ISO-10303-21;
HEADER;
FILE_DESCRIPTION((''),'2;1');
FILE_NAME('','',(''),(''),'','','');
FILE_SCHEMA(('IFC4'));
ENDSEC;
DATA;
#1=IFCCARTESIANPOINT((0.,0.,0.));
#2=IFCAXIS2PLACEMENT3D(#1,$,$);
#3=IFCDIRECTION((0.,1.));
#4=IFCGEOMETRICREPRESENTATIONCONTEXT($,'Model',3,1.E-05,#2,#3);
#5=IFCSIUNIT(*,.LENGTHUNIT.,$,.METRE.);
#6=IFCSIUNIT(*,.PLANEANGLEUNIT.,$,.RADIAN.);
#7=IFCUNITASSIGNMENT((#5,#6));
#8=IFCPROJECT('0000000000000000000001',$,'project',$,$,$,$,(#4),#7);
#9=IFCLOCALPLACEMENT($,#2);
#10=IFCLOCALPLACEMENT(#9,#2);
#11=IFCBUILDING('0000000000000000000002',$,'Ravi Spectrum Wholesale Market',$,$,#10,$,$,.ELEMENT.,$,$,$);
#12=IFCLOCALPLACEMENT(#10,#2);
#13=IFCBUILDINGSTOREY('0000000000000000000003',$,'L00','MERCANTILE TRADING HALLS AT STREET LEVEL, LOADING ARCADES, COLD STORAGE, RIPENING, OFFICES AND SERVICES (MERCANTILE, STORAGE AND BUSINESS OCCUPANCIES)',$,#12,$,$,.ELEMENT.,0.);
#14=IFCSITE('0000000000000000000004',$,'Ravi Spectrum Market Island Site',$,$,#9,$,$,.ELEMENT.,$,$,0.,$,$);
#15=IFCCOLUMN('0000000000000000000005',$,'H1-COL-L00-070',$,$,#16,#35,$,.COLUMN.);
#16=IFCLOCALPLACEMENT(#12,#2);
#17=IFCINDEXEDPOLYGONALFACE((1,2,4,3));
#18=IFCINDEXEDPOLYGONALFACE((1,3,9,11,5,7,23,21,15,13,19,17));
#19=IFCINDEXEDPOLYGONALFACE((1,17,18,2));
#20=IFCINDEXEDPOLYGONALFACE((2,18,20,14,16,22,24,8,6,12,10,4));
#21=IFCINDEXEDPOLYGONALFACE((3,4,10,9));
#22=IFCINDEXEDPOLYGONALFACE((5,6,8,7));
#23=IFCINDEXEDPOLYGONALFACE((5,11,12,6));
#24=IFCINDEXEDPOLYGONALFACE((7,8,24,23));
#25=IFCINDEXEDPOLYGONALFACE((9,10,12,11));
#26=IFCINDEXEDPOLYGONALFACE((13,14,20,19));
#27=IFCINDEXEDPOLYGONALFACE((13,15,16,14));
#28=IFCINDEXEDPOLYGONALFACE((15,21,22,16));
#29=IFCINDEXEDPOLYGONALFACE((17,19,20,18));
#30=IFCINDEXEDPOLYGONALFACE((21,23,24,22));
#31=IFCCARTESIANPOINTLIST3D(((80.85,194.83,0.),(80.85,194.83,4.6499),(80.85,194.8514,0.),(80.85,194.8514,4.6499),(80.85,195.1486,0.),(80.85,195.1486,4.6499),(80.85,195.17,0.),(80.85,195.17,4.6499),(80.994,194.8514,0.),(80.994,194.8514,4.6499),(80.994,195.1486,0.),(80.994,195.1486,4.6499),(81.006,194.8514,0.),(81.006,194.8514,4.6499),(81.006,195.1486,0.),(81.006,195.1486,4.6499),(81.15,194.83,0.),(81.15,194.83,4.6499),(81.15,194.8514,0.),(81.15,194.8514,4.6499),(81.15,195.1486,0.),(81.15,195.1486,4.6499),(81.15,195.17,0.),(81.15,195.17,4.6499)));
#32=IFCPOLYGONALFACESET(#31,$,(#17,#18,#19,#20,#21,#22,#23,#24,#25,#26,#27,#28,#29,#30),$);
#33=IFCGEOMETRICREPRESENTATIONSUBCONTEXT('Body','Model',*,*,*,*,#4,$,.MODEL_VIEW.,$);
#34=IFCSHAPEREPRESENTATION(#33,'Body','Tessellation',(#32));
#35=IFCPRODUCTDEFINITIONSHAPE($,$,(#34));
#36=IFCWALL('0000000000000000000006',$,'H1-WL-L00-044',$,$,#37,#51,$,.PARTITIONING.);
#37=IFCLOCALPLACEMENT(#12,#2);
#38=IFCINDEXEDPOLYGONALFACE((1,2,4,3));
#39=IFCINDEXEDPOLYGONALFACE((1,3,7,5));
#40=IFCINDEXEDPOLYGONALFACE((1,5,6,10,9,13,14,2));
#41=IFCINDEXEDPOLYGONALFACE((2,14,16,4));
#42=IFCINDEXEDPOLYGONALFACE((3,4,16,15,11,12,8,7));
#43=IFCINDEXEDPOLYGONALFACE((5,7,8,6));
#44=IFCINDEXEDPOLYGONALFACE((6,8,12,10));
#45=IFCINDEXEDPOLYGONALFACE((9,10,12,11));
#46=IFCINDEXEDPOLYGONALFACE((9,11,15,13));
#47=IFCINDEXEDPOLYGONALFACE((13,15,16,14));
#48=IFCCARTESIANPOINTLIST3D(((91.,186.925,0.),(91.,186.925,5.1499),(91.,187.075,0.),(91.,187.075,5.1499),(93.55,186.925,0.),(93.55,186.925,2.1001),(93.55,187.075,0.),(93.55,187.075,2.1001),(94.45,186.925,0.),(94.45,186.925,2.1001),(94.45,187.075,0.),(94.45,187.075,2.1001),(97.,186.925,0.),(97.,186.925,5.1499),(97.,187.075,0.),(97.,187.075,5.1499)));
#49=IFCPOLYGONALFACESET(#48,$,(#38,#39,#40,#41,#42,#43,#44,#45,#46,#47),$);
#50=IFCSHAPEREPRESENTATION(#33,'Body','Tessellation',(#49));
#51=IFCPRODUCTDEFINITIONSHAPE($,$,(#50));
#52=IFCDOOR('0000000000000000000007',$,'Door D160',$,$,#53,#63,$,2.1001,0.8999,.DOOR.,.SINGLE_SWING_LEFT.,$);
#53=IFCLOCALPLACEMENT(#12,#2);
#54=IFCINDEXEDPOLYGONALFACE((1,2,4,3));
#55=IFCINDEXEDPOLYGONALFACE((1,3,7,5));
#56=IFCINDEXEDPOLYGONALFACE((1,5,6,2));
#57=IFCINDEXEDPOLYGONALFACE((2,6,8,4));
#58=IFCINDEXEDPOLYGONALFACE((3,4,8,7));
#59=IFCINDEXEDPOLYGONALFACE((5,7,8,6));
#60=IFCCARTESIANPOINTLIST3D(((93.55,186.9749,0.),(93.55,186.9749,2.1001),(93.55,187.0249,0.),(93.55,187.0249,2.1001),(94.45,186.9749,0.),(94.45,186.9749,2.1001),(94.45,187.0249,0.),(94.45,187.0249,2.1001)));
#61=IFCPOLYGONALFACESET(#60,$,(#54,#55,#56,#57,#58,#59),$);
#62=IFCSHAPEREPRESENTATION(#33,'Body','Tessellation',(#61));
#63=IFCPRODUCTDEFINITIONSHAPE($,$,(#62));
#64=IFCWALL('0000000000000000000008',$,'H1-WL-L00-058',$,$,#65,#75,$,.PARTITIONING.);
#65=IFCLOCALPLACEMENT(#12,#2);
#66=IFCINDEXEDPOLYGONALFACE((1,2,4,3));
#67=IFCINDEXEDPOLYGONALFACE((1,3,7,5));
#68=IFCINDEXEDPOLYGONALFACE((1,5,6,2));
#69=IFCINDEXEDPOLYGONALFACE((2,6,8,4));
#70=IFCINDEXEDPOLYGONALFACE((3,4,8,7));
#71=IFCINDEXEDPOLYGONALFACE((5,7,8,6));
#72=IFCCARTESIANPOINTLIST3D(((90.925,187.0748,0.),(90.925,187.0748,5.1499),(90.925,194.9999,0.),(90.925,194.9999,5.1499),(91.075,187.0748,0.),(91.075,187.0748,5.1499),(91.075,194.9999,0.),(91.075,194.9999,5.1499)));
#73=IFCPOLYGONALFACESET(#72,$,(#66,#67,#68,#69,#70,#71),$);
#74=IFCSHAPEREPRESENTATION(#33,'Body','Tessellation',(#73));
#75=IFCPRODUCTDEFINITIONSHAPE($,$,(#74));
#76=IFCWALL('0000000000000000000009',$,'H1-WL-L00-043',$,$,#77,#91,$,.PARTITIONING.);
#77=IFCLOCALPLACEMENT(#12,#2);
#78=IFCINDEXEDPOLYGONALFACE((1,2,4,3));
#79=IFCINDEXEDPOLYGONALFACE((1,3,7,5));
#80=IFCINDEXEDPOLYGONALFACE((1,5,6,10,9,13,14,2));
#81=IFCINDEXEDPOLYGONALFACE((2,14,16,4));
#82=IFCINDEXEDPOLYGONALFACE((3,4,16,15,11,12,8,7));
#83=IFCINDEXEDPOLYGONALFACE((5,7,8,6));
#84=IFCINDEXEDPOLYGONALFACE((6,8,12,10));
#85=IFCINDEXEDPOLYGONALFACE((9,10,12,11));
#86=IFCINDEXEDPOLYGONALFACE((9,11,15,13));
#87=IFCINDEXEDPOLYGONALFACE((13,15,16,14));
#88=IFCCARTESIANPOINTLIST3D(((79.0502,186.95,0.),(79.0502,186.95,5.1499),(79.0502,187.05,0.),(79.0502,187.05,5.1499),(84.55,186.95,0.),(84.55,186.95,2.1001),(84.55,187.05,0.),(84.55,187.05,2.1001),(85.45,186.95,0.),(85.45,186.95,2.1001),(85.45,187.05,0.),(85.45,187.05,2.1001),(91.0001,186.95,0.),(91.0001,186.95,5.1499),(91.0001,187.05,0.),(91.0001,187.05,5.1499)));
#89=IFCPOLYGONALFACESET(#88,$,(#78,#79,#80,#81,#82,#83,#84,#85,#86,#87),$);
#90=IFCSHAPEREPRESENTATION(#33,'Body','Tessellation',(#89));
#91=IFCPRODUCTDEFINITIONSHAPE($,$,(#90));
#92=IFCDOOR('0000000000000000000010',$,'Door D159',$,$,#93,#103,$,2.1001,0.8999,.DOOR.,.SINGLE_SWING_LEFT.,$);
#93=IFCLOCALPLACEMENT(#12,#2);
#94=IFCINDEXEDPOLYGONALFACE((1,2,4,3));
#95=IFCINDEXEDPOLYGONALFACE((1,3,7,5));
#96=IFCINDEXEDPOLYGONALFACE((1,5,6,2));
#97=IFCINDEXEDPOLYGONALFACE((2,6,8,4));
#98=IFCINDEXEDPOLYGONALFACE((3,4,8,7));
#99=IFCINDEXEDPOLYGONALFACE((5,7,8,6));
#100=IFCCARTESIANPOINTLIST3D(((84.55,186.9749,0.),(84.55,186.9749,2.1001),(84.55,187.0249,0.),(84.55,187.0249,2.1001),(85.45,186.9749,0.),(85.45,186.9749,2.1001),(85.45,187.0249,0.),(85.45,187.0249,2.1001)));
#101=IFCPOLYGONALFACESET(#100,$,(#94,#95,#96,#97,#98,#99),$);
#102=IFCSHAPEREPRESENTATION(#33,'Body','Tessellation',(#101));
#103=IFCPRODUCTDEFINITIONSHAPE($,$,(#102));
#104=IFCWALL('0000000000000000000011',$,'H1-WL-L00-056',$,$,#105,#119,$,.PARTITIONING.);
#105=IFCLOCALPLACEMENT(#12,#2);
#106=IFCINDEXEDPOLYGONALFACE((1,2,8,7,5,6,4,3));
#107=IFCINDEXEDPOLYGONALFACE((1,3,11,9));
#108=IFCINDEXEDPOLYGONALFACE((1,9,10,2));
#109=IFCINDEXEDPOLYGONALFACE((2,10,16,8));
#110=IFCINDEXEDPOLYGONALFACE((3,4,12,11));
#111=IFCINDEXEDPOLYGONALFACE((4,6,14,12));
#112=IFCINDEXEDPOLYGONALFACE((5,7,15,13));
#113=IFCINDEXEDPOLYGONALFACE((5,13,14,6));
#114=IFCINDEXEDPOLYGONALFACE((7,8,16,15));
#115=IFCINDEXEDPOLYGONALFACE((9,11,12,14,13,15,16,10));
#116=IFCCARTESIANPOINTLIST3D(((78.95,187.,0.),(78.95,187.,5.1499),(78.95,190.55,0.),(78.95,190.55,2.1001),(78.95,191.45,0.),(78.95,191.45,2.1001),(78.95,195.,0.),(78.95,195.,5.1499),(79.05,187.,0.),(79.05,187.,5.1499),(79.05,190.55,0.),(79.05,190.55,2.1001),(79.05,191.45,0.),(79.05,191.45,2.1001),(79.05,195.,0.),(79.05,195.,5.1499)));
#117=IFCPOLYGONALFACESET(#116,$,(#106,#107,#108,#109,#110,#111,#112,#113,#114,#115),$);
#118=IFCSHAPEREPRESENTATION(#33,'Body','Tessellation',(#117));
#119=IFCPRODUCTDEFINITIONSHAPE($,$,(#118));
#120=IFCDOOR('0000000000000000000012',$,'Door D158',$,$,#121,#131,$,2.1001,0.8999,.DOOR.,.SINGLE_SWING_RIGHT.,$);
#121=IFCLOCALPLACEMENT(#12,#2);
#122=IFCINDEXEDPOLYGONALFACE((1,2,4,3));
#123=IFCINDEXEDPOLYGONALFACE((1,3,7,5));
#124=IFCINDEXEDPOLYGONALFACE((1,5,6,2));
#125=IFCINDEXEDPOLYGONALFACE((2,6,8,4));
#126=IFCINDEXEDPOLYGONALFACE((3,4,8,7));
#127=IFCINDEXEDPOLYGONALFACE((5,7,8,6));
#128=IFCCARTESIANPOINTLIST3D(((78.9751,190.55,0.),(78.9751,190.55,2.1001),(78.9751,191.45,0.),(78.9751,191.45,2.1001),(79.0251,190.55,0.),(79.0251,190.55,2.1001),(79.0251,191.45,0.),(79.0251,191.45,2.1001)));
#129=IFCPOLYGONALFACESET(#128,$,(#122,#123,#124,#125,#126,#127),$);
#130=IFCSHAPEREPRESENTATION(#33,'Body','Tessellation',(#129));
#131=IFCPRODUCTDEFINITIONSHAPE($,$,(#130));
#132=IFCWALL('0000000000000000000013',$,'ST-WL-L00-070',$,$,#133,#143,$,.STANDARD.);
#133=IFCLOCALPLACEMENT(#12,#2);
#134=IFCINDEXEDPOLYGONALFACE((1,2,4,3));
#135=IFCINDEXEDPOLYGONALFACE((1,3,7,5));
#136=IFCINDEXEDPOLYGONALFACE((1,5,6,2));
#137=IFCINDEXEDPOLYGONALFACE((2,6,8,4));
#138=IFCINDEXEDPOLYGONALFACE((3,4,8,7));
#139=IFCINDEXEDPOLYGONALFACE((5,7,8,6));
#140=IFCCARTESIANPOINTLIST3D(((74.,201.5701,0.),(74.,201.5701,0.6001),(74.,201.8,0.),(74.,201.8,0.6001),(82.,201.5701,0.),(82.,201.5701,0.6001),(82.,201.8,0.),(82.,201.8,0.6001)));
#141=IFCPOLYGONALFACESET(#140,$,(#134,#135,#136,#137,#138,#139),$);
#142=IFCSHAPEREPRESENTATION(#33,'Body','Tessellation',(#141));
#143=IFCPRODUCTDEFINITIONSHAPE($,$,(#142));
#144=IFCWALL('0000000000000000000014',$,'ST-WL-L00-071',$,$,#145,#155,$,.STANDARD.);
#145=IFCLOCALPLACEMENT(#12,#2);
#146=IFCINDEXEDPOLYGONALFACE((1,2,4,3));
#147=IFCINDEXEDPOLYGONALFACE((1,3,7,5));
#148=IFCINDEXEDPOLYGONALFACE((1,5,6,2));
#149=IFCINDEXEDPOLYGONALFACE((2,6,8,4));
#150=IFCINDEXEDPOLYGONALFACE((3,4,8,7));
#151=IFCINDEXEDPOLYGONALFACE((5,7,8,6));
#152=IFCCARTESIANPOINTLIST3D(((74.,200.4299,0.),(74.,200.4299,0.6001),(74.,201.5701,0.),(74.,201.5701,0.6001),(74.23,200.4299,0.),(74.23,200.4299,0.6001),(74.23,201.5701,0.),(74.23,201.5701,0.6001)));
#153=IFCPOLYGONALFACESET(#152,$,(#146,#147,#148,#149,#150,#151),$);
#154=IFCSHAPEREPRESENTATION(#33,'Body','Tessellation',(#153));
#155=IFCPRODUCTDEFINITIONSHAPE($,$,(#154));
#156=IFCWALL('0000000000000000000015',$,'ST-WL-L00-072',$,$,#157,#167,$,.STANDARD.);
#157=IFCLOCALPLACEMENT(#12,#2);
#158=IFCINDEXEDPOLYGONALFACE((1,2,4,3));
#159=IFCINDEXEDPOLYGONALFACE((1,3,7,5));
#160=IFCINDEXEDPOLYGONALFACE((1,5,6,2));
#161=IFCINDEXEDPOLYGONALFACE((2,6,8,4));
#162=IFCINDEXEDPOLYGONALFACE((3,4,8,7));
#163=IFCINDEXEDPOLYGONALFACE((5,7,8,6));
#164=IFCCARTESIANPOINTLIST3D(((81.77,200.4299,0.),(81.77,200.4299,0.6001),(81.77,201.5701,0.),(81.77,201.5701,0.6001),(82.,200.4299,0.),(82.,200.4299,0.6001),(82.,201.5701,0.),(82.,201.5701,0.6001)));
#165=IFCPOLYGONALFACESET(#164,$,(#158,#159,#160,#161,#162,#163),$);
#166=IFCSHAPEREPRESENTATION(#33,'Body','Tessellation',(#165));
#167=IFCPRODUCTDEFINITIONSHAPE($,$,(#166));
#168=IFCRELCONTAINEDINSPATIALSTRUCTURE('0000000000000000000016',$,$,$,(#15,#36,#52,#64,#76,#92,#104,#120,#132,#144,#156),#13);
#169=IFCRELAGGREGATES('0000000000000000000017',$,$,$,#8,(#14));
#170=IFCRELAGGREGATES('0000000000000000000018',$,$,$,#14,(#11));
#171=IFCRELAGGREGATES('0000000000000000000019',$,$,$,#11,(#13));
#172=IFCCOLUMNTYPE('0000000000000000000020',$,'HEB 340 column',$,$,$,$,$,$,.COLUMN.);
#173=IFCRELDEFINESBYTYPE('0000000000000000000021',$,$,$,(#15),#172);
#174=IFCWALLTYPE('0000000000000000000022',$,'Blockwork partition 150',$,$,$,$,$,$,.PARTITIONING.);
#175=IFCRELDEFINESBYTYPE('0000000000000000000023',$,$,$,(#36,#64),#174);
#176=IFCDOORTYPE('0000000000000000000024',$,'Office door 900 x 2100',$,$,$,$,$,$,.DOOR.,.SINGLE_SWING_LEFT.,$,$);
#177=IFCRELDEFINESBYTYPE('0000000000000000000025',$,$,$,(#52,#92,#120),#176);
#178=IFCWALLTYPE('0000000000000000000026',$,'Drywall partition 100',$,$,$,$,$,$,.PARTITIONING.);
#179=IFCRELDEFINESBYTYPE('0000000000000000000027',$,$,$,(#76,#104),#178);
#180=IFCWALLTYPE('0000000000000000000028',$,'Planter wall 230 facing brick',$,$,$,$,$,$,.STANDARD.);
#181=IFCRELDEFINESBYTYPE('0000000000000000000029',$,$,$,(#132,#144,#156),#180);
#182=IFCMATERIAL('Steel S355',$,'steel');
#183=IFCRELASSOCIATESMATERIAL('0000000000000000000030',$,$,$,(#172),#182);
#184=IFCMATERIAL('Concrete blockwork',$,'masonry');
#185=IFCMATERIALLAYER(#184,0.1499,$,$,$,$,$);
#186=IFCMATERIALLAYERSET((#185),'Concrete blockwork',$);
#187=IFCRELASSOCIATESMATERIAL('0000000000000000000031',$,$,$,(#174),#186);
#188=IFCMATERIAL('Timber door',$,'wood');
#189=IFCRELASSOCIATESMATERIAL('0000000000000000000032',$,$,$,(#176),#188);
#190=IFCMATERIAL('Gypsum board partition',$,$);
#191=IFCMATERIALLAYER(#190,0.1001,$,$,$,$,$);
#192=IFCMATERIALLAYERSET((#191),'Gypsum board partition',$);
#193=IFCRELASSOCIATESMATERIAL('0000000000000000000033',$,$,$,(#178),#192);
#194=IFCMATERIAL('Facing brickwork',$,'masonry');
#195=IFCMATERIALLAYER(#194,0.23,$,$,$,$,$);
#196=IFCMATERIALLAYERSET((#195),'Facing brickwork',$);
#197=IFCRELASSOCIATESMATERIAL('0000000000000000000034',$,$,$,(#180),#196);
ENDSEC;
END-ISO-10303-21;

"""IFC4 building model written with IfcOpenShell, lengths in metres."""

from ifc_helpers import new_model, si_unit, direction, frame, frame_2d, origin, origin_2d, place, context, subcontext, project, spatial, rectangle, i_section, extrude, material, layer, layer_set, material_profile, profile_set, type_object, element, fill, save


model = new_model("IFC4")

# Units and contexts
model_context = context("Model", 3, precision=1e-05, world=origin(), true_north=direction((0.0, 1.0)))
body_context = subcontext(model_context, "Body", "Model", "MODEL_VIEW")
ifc_project = project(units=[si_unit("LENGTHUNIT", "METRE"), si_unit("PLANEANGLEUNIT", "RADIAN")], contexts=[model_context])

# Site, building, storey
site_placement = place(None, origin())
site = spatial("IfcSite", under=ifc_project, at=site_placement, Name="Ravi Spectrum Market Island Site", CompositionType="ELEMENT", RefElevation=0.0)
building_placement = place(site_placement, origin())
building = spatial("IfcBuilding", under=site, at=building_placement, Name="Ravi Spectrum Wholesale Market", CompositionType="ELEMENT")
storey_placement = place(building_placement, origin())
storey = spatial("IfcBuildingStorey", under=building, at=storey_placement, Name="L00", Description="MERCANTILE TRADING HALLS AT STREET LEVEL, LOADING ARCADES, COLD STORAGE, RIPENING, OFFICES AND SERVICES (MERCANTILE, STORAGE AND BUSINESS OCCUPANCIES)", CompositionType="ELEMENT", Elevation=0.0)

# Column
ifc_material_1 = material(Name="Steel S355", Category="steel")
ifc_material_profile_1 = material_profile(ifc_material_1, i_section(OverallWidth=0.3, OverallDepth=0.3401, WebThickness=0.012, FlangeThickness=0.0215, at=origin_2d()))
ifc_profile_set_1 = profile_set([ifc_material_profile_1], Name="Steel S355")
column_type_1 = type_object("IfcColumnType", Name="HEB 340 column", PredefinedType="COLUMN", material=ifc_profile_set_1)
column_placement = place(storey_placement, frame((81.0, 195.0, 0.0), z_axis=(0.0, 0.0, 1.0), x_axis=(1.0, 0.0, 0.0)))
element("IfcColumn", 1, at=column_placement, inside=storey, type_object=column_type_1, Name="H1-COL-L00-070", PredefinedType="COLUMN", context=body_context, shape_type="SweptSolid", body=[
    extrude(i_section(OverallWidth=0.3, OverallDepth=0.3401, WebThickness=0.012, FlangeThickness=0.0215, at=origin_2d()), origin(), (0.0, 0.0, 1.0), 4.6499),
])

# Wall, opening, door
ifc_material_2 = material(Name="Concrete blockwork", Category="masonry")
ifc_layer_1 = layer(ifc_material_2, 0.1499)
ifc_layer_set_1 = layer_set([ifc_layer_1], Name="Concrete blockwork")
wall_type_1 = type_object("IfcWallType", Name="Blockwork partition 150", PredefinedType="PARTITIONING", material=ifc_layer_set_1)
wall_1_placement = place(storey_placement, frame((91.0, 187.0, 0.0), z_axis=(0.0, 0.0, 1.0), x_axis=(1.0, 0.0, 0.0)))
wall_1 = element("IfcWall", 2, at=wall_1_placement, inside=storey, type_object=wall_type_1, Name="H1-WL-L00-044", PredefinedType="PARTITIONING", context=body_context, shape_type="SweptSolid", body=[
    extrude(rectangle(XDim=6.0, YDim=0.1499, at=frame_2d((3.0, 0.0))), origin(), (0.0, 0.0, 1.0), 5.1499),
])
opening_1_placement = place(wall_1_placement, frame((2.55, 0.0, 0.0)))
opening_1 = element("IfcOpeningElement", 3, at=opening_1_placement, cuts=wall_1, PredefinedType="OPENING", context=body_context, shape_type="SweptSolid", body=[
    extrude(rectangle(XDim=0.8999, YDim=2.1001, at=frame_2d((0.45, 1.05))), frame((0.0, 0.085, 0.0), z_axis=(0.0, -1.0, 0.0), x_axis=(1.0, 0.0, 0.0)), (0.0, 0.0, 1.0), 0.1699),
])
ifc_material_3 = material(Name="Timber door", Category="wood")
door_type = type_object("IfcDoorType", Name="Office door 900 x 2100", OperationType="SINGLE_SWING_LEFT", PredefinedType="DOOR", material=ifc_material_3)
door_1_placement = place(opening_1_placement, origin())
door_1 = element("IfcDoor", 4, at=door_1_placement, inside=storey, type_object=door_type, Name="Door D160", OperationType="SINGLE_SWING_LEFT", OverallHeight=2.1001, OverallWidth=0.8999, PredefinedType="DOOR", context=body_context, shape_type="SweptSolid", body=[
    extrude(rectangle(XDim=0.8999, YDim=2.1001, at=frame_2d((0.45, 1.05))), frame((0.0, 0.0249, 0.0), z_axis=(0.0, -1.0, 0.0), x_axis=(1.0, 0.0, 0.0)), (0.0, 0.0, 1.0), 0.05),
])
fill(opening_1, door_1)

# Wall
wall_2_placement = place(storey_placement, frame((91.0, 187.075, 0.0), z_axis=(0.0, 0.0, 1.0), x_axis=(0.0, 1.0, 0.0)))
element("IfcWall", 5, at=wall_2_placement, inside=storey, type_object=wall_type_1, Name="H1-WL-L00-058", PredefinedType="PARTITIONING", context=body_context, shape_type="SweptSolid", body=[
    extrude(rectangle(XDim=7.925, YDim=0.1499, at=frame_2d((3.9624, 0.0))), origin(), (0.0, 0.0, 1.0), 5.1499),
])

# Walls, openings, doors
ifc_material_4 = material(Name="Gypsum board partition")
ifc_layer_2 = layer(ifc_material_4, 0.1001)
ifc_layer_set_2 = layer_set([ifc_layer_2], Name="Gypsum board partition")
wall_type_2 = type_object("IfcWallType", Name="Drywall partition 100", PredefinedType="PARTITIONING", material=ifc_layer_set_2)
wall_3_placement = place(storey_placement, frame((79.05, 187.0, 0.0), z_axis=(0.0, 0.0, 1.0), x_axis=(1.0, 0.0, 0.0)))
wall_3 = element("IfcWall", 6, at=wall_3_placement, inside=storey, type_object=wall_type_2, Name="H1-WL-L00-043", PredefinedType="PARTITIONING", context=body_context, shape_type="SweptSolid", body=[
    extrude(rectangle(XDim=11.95, YDim=0.1001, at=frame_2d((5.9751, 0.0))), origin(), (0.0, 0.0, 1.0), 5.1499),
])
opening_2_placement = place(wall_3_placement, frame((5.5, 0.0, 0.0)))
opening_2 = element("IfcOpeningElement", 7, at=opening_2_placement, cuts=wall_3, PredefinedType="OPENING", context=body_context, shape_type="SweptSolid", body=[
    extrude(rectangle(XDim=0.8999, YDim=2.1001, at=frame_2d((0.45, 1.05))), frame((0.0, 0.0601, 0.0), z_axis=(0.0, -1.0, 0.0), x_axis=(1.0, 0.0, 0.0)), (0.0, 0.0, 1.0), 0.1201),
])
door_2_placement = place(opening_2_placement, origin())
door_2 = element("IfcDoor", 8, at=door_2_placement, inside=storey, type_object=door_type, Name="Door D159", OperationType="SINGLE_SWING_LEFT", OverallHeight=2.1001, OverallWidth=0.8999, PredefinedType="DOOR", context=body_context, shape_type="SweptSolid", body=[
    extrude(rectangle(XDim=0.8999, YDim=2.1001, at=frame_2d((0.45, 1.05))), frame((0.0, 0.0249, 0.0), z_axis=(0.0, -1.0, 0.0), x_axis=(1.0, 0.0, 0.0)), (0.0, 0.0, 1.0), 0.05),
])
fill(opening_2, door_2)
wall_4_placement = place(storey_placement, frame((79.0, 187.0, 0.0), z_axis=(0.0, 0.0, 1.0), x_axis=(0.0, 1.0, 0.0)))
wall_4 = element("IfcWall", 9, at=wall_4_placement, inside=storey, type_object=wall_type_2, Name="H1-WL-L00-056", PredefinedType="PARTITIONING", context=body_context, shape_type="SweptSolid", body=[
    extrude(rectangle(XDim=8.0, YDim=0.1001, at=frame_2d((4.0, 0.0))), origin(), (0.0, 0.0, 1.0), 5.1499),
])
opening_3_placement = place(wall_4_placement, frame((3.55, 0.0, 0.0)))
opening_3 = element("IfcOpeningElement", 10, at=opening_3_placement, cuts=wall_4, PredefinedType="OPENING", context=body_context, shape_type="SweptSolid", body=[
    extrude(rectangle(XDim=0.8999, YDim=2.1001, at=frame_2d((0.45, 1.05))), frame((0.0, 0.0601, 0.0), z_axis=(0.0, -1.0, 0.0), x_axis=(1.0, 0.0, 0.0)), (0.0, 0.0, 1.0), 0.1201),
])
door_3_placement = place(opening_3_placement, origin())
door_3 = element("IfcDoor", 11, at=door_3_placement, inside=storey, type_object=door_type, Name="Door D158", OperationType="SINGLE_SWING_RIGHT", OverallHeight=2.1001, OverallWidth=0.8999, PredefinedType="DOOR", context=body_context, shape_type="SweptSolid", body=[
    extrude(rectangle(XDim=0.8999, YDim=2.1001, at=frame_2d((0.45, 1.05))), frame((0.0, 0.0249, 0.0), z_axis=(0.0, -1.0, 0.0), x_axis=(1.0, 0.0, 0.0)), (0.0, 0.0, 1.0), 0.05),
])
fill(opening_3, door_3)

# Walls
ifc_material_5 = material(Name="Facing brickwork", Category="masonry")
ifc_layer_3 = layer(ifc_material_5, 0.23)
ifc_layer_set_3 = layer_set([ifc_layer_3], Name="Facing brickwork")
wall_type_3 = type_object("IfcWallType", Name="Planter wall 230 facing brick", PredefinedType="STANDARD", material=ifc_layer_set_3)
wall_5_placement = place(storey_placement, frame((74.0, 201.6851, 0.0), z_axis=(0.0, 0.0, 1.0), x_axis=(1.0, 0.0, 0.0)))
element("IfcWall", 12, at=wall_5_placement, inside=storey, type_object=wall_type_3, Name="ST-WL-L00-070", PredefinedType="STANDARD", context=body_context, shape_type="SweptSolid", body=[
    extrude(rectangle(XDim=8.0, YDim=0.23, at=frame_2d((4.0, 0.0))), origin(), (0.0, 0.0, 1.0), 0.6001),
])
for number, where, z_axis, x_axis, name in (
    (13, (74.115, 200.4299, 0.0), (0.0, 0.0, 1.0), (0.0, 1.0, 0.0), "ST-WL-L00-071"),
    (14, (81.885, 200.4299, 0.0), (0.0, 0.0, 1.0), (0.0, 1.0, 0.0), "ST-WL-L00-072"),
):
    element("IfcWall", number, at=place(storey_placement, frame(where, z_axis=z_axis, x_axis=x_axis)), inside=storey, type_object=wall_type_3, Name=name, PredefinedType="STANDARD", context=body_context, shape_type="SweptSolid", body=[
        extrude(rectangle(XDim=1.1401, YDim=0.23, at=frame_2d((0.5701, 0.0))), origin(), (0.0, 0.0, 1.0), 0.6001),
    ])

save(model, "model.ifc")
